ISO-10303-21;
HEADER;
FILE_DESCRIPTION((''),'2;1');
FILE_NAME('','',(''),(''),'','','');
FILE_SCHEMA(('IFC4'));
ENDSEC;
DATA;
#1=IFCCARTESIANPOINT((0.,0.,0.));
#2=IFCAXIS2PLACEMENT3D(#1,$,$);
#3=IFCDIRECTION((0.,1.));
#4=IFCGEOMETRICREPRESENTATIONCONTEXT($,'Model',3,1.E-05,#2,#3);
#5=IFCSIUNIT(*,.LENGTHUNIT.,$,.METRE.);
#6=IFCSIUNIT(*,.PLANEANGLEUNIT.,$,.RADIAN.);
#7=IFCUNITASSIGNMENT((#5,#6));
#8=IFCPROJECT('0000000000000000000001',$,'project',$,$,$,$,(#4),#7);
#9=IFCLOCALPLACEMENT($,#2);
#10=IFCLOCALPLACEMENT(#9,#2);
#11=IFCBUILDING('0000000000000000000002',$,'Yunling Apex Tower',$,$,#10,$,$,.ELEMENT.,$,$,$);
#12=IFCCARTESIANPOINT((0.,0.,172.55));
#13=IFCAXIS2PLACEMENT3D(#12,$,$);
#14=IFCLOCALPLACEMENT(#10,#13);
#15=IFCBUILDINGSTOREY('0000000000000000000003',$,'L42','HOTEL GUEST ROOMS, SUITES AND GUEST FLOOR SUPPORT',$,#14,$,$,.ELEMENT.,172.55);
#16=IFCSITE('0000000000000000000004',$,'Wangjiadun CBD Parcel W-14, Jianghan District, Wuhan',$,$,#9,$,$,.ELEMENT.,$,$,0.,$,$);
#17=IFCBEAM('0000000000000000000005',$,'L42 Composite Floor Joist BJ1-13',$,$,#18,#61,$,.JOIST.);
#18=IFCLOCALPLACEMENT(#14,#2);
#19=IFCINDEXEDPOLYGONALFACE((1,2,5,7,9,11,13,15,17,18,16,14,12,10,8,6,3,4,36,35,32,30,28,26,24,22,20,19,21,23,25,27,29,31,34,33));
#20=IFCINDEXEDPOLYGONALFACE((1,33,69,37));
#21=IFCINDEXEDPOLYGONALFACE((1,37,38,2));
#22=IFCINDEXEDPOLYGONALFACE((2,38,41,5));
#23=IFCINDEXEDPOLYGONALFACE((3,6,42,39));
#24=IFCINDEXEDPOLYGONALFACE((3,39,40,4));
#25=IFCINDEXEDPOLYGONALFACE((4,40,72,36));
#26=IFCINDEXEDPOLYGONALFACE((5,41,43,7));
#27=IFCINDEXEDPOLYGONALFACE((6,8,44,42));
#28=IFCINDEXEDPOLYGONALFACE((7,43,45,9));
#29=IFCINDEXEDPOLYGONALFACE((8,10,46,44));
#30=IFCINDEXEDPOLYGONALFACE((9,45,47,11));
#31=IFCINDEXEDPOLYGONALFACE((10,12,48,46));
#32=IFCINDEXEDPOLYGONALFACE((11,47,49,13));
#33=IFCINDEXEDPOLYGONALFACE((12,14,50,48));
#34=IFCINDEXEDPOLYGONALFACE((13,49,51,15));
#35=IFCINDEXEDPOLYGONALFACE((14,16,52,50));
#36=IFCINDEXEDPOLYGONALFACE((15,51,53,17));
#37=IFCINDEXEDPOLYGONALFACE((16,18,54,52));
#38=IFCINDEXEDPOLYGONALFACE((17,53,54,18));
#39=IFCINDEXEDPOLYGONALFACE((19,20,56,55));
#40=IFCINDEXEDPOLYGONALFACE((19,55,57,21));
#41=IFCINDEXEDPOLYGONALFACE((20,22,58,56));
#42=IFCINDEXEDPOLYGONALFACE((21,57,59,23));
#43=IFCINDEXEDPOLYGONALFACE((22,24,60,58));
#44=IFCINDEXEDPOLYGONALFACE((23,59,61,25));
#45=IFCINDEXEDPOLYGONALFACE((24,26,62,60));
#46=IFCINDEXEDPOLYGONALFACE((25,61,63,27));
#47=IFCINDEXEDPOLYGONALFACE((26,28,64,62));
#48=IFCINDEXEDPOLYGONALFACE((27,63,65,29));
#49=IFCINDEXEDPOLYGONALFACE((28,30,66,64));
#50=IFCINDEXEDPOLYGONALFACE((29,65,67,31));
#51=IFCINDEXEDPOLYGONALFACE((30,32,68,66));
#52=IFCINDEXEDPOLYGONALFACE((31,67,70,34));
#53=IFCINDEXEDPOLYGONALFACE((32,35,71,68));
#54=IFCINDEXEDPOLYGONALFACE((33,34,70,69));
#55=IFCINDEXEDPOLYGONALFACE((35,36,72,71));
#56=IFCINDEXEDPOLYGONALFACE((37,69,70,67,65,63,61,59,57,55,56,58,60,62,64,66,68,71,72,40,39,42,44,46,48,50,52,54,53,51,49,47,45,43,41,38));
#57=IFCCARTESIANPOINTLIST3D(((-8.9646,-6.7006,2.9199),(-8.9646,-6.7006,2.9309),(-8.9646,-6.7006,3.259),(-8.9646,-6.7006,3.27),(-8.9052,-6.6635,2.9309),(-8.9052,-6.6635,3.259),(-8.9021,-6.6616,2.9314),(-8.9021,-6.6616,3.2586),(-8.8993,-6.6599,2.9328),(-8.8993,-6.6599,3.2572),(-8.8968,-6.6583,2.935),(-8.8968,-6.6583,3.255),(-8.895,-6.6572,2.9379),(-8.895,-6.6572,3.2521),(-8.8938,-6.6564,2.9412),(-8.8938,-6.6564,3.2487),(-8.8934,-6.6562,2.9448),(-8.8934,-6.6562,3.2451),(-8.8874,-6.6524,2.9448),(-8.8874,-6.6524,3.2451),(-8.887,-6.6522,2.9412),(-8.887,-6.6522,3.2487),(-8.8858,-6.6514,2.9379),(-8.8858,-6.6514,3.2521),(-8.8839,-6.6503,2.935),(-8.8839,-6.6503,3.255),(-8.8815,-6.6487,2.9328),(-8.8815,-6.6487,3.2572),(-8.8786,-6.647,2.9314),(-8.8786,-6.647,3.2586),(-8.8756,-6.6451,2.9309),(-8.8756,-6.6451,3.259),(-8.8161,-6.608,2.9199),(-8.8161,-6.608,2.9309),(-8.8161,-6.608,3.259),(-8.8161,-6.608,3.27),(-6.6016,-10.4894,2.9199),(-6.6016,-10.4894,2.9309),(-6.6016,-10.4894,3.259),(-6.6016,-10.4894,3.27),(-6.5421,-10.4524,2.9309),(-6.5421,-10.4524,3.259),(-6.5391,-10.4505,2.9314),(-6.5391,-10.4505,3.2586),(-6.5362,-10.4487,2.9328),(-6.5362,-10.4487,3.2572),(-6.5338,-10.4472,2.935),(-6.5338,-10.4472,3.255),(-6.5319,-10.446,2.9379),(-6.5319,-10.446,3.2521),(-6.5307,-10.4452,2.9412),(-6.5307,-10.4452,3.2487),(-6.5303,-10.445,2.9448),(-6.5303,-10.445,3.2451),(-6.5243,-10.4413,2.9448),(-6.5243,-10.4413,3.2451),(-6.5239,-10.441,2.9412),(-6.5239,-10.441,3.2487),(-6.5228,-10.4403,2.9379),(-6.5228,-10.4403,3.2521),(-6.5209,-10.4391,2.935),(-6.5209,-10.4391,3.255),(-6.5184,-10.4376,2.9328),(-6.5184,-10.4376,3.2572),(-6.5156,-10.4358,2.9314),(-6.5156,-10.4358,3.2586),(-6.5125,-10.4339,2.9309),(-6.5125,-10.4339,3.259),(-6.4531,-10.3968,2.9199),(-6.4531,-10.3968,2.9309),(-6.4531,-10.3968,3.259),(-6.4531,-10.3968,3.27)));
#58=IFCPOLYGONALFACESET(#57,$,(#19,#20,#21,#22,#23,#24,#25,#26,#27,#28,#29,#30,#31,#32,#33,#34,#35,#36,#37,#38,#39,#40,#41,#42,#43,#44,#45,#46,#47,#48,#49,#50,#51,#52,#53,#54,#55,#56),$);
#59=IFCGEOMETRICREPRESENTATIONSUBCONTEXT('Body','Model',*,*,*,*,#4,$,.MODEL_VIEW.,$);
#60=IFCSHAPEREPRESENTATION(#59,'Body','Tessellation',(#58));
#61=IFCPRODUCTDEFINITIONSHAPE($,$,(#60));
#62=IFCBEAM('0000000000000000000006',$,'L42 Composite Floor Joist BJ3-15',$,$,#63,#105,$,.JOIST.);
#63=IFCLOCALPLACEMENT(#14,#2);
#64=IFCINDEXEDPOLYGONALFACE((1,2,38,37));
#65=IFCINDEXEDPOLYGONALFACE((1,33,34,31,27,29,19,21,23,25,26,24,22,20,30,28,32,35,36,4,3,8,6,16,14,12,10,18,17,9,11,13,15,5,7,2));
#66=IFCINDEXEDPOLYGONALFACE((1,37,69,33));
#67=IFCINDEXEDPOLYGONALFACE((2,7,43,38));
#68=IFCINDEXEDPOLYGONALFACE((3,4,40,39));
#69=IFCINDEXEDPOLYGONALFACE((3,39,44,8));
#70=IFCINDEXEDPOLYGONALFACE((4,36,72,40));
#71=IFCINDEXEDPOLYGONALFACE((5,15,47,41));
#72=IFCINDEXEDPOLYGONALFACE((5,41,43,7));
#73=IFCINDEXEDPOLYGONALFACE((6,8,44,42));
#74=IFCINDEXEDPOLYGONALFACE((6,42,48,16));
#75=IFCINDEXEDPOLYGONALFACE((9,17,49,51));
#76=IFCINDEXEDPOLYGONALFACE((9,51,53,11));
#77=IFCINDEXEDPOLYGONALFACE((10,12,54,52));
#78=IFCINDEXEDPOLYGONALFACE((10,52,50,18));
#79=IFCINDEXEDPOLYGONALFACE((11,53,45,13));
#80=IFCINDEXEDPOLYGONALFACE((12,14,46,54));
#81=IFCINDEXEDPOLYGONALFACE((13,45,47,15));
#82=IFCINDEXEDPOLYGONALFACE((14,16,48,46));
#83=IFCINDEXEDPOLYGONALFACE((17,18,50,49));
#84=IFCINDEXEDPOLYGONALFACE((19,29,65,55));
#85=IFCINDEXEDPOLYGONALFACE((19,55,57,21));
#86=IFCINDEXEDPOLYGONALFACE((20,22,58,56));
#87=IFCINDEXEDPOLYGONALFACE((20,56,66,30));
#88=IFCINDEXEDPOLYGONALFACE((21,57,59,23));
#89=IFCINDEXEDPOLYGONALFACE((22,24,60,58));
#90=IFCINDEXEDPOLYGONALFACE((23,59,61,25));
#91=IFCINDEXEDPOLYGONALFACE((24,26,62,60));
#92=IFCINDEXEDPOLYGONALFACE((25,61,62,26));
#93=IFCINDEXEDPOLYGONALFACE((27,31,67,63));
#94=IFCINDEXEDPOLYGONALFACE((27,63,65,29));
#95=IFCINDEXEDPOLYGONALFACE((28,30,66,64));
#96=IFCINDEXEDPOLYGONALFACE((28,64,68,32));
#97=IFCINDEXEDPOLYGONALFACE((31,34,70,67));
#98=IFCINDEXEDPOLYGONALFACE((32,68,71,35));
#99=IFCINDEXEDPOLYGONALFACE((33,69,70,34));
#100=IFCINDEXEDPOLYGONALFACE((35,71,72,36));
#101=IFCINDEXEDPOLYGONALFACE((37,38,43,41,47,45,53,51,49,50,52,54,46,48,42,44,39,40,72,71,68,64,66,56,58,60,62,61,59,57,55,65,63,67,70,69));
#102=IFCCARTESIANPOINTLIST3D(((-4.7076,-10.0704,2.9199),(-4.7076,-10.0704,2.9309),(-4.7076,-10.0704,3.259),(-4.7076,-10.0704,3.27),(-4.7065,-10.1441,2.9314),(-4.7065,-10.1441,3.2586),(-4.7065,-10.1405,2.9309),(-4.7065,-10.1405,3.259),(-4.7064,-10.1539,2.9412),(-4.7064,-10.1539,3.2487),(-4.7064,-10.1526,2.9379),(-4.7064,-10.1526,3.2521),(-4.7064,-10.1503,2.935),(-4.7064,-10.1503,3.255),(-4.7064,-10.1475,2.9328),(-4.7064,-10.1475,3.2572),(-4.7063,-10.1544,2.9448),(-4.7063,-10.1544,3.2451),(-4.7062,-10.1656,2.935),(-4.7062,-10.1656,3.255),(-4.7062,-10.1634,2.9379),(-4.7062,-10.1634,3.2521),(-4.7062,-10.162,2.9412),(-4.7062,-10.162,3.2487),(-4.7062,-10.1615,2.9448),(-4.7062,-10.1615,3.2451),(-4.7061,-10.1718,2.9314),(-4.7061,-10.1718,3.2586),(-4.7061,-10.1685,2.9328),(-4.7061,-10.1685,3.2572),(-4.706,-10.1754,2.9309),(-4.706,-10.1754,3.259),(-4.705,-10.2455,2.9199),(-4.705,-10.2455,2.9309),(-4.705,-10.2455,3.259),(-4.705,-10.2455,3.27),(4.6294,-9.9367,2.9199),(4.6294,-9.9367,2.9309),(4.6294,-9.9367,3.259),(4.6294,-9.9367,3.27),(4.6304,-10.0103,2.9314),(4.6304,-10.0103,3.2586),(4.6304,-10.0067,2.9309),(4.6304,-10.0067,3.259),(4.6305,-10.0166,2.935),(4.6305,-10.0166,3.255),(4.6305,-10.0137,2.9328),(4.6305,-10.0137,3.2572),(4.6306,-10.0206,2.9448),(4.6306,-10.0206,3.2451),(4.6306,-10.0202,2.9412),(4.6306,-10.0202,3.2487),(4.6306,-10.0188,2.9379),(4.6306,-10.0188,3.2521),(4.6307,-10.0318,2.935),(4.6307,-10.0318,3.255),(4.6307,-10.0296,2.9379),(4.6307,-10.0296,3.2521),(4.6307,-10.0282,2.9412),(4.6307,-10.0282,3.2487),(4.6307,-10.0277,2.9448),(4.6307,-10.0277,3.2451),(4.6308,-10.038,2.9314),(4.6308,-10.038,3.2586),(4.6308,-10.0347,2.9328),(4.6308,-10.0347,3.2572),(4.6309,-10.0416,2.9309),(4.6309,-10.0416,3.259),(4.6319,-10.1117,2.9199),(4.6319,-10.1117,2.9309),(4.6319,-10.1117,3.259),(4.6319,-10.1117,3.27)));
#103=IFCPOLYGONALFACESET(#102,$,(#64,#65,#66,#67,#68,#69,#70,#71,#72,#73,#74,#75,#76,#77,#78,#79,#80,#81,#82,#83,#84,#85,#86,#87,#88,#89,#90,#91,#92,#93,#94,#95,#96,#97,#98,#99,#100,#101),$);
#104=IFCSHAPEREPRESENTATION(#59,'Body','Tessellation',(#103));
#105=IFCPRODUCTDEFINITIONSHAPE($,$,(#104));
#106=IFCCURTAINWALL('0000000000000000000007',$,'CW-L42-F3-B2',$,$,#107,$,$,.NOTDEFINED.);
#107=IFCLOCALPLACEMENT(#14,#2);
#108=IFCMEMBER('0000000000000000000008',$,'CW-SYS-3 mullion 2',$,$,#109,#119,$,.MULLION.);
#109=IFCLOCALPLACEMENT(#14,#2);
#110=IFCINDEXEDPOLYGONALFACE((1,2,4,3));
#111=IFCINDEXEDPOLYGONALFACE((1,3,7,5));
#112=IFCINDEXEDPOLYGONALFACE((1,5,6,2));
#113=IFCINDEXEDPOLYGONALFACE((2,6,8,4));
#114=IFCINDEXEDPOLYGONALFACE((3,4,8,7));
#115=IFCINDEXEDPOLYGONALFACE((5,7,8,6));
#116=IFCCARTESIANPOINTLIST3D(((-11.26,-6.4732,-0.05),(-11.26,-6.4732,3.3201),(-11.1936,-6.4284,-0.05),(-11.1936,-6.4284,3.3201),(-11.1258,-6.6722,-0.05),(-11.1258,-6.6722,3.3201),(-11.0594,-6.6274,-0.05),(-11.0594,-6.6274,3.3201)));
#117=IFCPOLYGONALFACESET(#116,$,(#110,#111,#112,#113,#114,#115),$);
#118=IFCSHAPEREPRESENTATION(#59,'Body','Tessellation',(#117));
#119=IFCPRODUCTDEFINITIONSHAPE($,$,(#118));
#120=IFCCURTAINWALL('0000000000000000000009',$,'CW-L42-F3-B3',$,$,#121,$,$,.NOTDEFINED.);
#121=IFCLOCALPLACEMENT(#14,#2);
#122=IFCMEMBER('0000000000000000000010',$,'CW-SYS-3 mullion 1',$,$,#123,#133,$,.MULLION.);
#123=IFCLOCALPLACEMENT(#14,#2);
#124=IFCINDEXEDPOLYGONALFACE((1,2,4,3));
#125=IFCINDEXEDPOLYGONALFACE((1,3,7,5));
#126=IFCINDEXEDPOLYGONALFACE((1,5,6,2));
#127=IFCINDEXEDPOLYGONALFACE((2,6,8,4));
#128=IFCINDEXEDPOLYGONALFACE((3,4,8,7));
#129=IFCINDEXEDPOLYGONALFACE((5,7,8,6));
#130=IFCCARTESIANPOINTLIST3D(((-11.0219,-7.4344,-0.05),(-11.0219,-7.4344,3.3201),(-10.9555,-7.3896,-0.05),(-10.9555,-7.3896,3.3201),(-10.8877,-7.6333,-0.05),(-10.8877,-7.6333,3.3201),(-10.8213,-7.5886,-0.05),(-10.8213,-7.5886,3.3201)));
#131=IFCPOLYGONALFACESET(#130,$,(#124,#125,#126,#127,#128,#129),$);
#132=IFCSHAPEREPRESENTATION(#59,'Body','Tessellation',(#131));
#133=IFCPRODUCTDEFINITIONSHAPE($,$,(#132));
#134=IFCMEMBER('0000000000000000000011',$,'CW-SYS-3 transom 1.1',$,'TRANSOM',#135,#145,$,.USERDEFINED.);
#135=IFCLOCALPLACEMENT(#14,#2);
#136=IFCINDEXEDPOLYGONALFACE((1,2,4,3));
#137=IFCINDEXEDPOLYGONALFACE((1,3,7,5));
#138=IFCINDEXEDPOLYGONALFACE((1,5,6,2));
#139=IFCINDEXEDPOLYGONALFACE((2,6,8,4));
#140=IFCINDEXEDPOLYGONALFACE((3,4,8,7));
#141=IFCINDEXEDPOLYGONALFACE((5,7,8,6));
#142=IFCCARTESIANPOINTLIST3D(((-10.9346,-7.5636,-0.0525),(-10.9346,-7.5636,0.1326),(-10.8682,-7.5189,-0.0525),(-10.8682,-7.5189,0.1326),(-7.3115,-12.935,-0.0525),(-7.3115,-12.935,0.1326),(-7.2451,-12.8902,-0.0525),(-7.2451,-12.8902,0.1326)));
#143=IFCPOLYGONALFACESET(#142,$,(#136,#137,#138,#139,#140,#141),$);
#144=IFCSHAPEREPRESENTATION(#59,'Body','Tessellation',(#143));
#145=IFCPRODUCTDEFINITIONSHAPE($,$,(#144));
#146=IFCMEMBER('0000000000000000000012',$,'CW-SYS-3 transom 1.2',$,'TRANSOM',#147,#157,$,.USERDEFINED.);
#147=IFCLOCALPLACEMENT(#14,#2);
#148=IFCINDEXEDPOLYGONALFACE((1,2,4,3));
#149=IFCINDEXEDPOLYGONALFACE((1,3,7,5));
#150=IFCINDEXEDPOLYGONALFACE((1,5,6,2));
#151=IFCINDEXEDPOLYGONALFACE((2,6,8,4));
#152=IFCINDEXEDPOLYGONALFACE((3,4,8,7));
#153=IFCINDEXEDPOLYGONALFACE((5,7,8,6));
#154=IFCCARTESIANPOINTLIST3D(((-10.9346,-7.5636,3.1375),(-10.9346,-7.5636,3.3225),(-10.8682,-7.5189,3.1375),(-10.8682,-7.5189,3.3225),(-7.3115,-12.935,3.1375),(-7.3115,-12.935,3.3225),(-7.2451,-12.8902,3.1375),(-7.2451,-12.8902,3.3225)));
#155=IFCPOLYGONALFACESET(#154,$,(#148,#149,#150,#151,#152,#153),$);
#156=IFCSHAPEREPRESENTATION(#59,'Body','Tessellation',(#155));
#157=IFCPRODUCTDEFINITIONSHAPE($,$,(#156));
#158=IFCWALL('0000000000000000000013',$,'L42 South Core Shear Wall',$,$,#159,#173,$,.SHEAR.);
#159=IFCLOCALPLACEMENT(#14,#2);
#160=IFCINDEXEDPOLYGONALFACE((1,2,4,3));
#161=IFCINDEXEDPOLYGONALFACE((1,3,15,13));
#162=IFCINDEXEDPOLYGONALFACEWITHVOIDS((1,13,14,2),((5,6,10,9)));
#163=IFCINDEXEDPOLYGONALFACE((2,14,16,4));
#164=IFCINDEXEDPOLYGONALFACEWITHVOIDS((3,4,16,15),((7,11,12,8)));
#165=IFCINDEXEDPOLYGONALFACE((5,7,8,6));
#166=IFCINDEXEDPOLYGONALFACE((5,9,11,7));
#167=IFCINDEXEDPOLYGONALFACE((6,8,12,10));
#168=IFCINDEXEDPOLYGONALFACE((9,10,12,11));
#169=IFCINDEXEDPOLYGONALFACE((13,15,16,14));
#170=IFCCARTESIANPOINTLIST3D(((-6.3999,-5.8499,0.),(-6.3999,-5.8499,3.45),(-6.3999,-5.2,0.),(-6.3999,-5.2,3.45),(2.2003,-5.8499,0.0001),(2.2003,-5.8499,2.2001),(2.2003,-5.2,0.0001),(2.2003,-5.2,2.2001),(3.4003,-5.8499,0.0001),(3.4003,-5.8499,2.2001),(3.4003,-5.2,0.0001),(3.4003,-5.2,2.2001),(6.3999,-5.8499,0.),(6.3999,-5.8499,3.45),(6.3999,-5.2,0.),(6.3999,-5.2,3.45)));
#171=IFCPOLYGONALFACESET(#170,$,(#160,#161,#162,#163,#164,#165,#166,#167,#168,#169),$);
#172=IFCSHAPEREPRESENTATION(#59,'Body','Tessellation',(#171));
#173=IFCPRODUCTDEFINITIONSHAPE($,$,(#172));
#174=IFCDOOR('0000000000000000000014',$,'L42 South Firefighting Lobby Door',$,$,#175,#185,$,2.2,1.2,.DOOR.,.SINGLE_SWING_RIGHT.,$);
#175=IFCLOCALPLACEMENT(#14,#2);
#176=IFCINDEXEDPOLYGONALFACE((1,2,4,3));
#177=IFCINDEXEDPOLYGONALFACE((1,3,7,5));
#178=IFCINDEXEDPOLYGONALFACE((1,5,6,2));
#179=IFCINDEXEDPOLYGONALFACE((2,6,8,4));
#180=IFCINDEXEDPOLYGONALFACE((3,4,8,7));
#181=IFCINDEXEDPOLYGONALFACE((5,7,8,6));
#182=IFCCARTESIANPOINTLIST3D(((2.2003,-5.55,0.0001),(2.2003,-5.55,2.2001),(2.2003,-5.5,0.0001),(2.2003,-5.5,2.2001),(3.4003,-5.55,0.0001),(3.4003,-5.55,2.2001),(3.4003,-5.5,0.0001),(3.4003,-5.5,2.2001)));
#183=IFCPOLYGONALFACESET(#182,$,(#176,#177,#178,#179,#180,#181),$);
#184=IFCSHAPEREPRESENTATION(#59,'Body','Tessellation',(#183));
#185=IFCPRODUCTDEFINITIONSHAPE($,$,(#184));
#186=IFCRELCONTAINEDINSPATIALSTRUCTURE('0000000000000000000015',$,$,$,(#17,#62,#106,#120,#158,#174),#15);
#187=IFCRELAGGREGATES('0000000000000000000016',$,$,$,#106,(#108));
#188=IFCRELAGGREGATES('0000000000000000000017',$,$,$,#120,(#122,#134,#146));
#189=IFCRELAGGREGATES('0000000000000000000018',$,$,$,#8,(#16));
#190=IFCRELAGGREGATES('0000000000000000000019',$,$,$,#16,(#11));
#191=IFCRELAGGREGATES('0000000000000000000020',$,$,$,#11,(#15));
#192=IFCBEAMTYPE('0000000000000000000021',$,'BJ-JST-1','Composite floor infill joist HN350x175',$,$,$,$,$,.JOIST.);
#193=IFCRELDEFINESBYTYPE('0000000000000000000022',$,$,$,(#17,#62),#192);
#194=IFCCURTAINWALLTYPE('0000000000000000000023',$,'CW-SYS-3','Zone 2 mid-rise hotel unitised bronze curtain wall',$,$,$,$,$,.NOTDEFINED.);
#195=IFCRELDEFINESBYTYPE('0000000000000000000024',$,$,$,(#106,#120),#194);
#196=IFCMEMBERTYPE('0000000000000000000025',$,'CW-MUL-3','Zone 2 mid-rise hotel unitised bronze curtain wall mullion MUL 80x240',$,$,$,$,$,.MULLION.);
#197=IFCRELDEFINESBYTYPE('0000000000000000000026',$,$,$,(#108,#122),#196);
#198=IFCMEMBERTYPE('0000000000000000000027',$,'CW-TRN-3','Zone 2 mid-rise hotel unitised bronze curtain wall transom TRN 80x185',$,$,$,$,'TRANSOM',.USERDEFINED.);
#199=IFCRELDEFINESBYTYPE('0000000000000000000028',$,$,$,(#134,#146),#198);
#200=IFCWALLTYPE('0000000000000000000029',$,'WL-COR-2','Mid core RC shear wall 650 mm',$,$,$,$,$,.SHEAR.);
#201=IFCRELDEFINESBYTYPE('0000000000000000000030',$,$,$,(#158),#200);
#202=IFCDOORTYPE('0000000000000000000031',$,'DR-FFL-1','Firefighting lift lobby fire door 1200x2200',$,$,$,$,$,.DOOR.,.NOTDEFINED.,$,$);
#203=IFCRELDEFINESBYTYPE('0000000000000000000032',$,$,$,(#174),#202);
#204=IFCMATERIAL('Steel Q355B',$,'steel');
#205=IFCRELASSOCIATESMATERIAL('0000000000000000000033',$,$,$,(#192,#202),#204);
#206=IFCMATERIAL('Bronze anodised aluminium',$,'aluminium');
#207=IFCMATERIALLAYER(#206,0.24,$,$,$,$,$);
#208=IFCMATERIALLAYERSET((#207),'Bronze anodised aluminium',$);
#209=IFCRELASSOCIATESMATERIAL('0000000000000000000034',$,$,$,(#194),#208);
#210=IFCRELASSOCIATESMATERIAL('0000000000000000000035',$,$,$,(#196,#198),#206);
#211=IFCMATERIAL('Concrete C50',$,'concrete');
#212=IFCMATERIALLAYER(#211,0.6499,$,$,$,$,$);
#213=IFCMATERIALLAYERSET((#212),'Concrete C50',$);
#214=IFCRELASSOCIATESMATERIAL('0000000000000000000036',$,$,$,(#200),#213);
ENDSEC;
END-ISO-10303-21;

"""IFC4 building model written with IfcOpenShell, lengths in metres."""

from ifc_helpers import new_model, si_unit, direction, frame, frame_2d, origin, origin_2d, place, context, subcontext, project, spatial, rectangle, i_section, extrude, source, transform, mapped, material, layer, layer_set, material_profile, profile_set, type_object, element, fill, aggregate, save


model = new_model("IFC4")

# Units and contexts
model_context = context("Model", 3, precision=1e-05, world=origin(), true_north=direction((0.0, 1.0)))
body_context = subcontext(model_context, "Body", "Model", "MODEL_VIEW")
ifc_project = project(units=[si_unit("LENGTHUNIT", "METRE"), si_unit("PLANEANGLEUNIT", "RADIAN")], contexts=[model_context])

# Site, building, storey
site_placement = place(None, origin())
site = spatial("IfcSite", under=ifc_project, at=site_placement, Name="Wangjiadun CBD Parcel W-14, Jianghan District, Wuhan", CompositionType="ELEMENT", RefElevation=0.0)
building_placement = place(site_placement, origin())
building = spatial("IfcBuilding", under=site, at=building_placement, Name="Yunling Apex Tower", CompositionType="ELEMENT")
storey_placement = place(building_placement, frame((0.0, 0.0, 172.55)))
storey = spatial("IfcBuildingStorey", under=building, at=storey_placement, Name="L42", Description="HOTEL GUEST ROOMS, SUITES AND GUEST FLOOR SUPPORT", CompositionType="ELEMENT", Elevation=172.55)

# Shared definitions
ifc_material_1 = material(Name="Concrete C50", Category="concrete")

# Beams
ifc_material_2 = material(Name="Steel Q355B", Category="steel")
ifc_material_profile_1 = material_profile(ifc_material_2, i_section(OverallWidth=0.175, OverallDepth=0.3501, WebThickness=0.0071, FlangeThickness=0.011, FilletRadius=0.0139, at=origin_2d()))
ifc_profile_set_1 = profile_set([ifc_material_profile_1], Name="Steel Q355B")
beam_type_1 = type_object("IfcBeamType", Name="BJ-JST-1", Description="Composite floor infill joist HN350x175", PredefinedType="JOIST", material=ifc_profile_set_1)
shared_shape_1 = source(origin(), body_context, "Body", "SweptSolid", [
    extrude(i_section(OverallWidth=0.175, OverallDepth=0.3501, WebThickness=0.0071, FlangeThickness=0.011, FilletRadius=0.0139, at=origin_2d()), origin(), (0.0, 0.0, 1.0), 4.4653),
])
beam_1_placement = place(storey_placement, frame((-8.8904, -6.6543, 3.095), z_axis=(0.529198, -0.848499, 0.0), x_axis=(0.848499, 0.529198, 0.0)))
element("IfcBeam", 1, at=beam_1_placement, inside=storey, type_object=beam_type_1, Name="L42 Composite Floor Joist BJ1-13", PredefinedType="JOIST", context=body_context, shape_type="MappedRepresentation", body=[
    mapped(shared_shape_1, transform((0.0, 0.0, 0.0), scale=1.0)),
])
shared_shape_2 = source(origin(), body_context, "Body", "SweptSolid", [
    extrude(i_section(OverallWidth=0.175, OverallDepth=0.3501, WebThickness=0.0071, FlangeThickness=0.011, FilletRadius=0.0139, at=origin_2d()), origin(), (0.0, 0.0, 1.0), 9.3379),
])
beam_2_placement = place(storey_placement, frame((-4.7063, -10.158, 3.095), z_axis=(0.999897, 0.014328, 0.0), x_axis=(-0.014328, 0.999897, 0.0)))
element("IfcBeam", 2, at=beam_2_placement, inside=storey, type_object=beam_type_1, Name="L42 Composite Floor Joist BJ3-15", PredefinedType="JOIST", context=body_context, shape_type="MappedRepresentation", body=[
    mapped(shared_shape_2, transform((0.0, 0.0, 0.0), scale=1.0)),
])

# Curtain wall, member
ifc_material_3 = material(Name="Bronze anodised aluminium", Category="aluminium")
ifc_layer_1 = layer(ifc_material_3, 0.24)
ifc_layer_set_1 = layer_set([ifc_layer_1], Name="Bronze anodised aluminium")
curtain_wall_type = type_object("IfcCurtainWallType", Name="CW-SYS-3", Description="Zone 2 mid-rise hotel unitised bronze curtain wall", PredefinedType="NOTDEFINED", material=ifc_layer_set_1)
curtain_wall_1_placement = place(storey_placement, origin())
curtain_wall_1 = element("IfcCurtainWall", 3, at=curtain_wall_1_placement, inside=storey, type_object=curtain_wall_type, Name="CW-L42-F3-B2", PredefinedType="NOTDEFINED")
ifc_material_profile_2 = material_profile(ifc_material_3, rectangle(XDim=0.0801, YDim=0.24, at=origin_2d()))
ifc_profile_set_2 = profile_set([ifc_material_profile_2], Name="Bronze anodised aluminium")
member_type_1 = type_object("IfcMemberType", Name="CW-MUL-3", Description="Zone 2 mid-rise hotel unitised bronze curtain wall mullion MUL 80x240", PredefinedType="MULLION", material=ifc_profile_set_2)
shared_shape_3 = source(origin(), body_context, "Body", "SweptSolid", [
    extrude(rectangle(XDim=0.0801, YDim=0.24, at=origin_2d()), origin(), (0.0, 0.0, 1.0), 3.3701),
])
member_1_placement = place(storey_placement, frame((-11.1597, -6.5503, -0.05), z_axis=(0.0, 0.0, 1.0), x_axis=(0.829026, 0.55921, 0.0)))
member_1 = element("IfcMember", 4, at=member_1_placement, type_object=member_type_1, Name="CW-SYS-3 mullion 2", PredefinedType="MULLION", context=body_context, shape_type="MappedRepresentation", body=[
    mapped(shared_shape_3, transform((0.0, 0.0, 0.0), scale=1.0)),
])
aggregate(curtain_wall_1, [member_1])

# Curtain wall, members
curtain_wall_2_placement = place(storey_placement, origin())
curtain_wall_2 = element("IfcCurtainWall", 5, at=curtain_wall_2_placement, inside=storey, type_object=curtain_wall_type, Name="CW-L42-F3-B3", PredefinedType="NOTDEFINED")
member_2_placement = place(storey_placement, frame((-10.9216, -7.5115, -0.05), z_axis=(0.0, 0.0, 1.0), x_axis=(0.829041, 0.559188, 0.0)))
member_2 = element("IfcMember", 6, at=member_2_placement, type_object=member_type_1, Name="CW-SYS-3 mullion 1", PredefinedType="MULLION", context=body_context, shape_type="MappedRepresentation", body=[
    mapped(shared_shape_3, transform((0.0, 0.0, 0.0), scale=1.0)),
])
ifc_material_profile_3 = material_profile(ifc_material_3, rectangle(XDim=0.0801, YDim=0.1851, at=origin_2d()))
ifc_profile_set_3 = profile_set([ifc_material_profile_3], Name="Bronze anodised aluminium")
member_type_2 = type_object("IfcMemberType", Name="CW-TRN-3", Description="Zone 2 mid-rise hotel unitised bronze curtain wall transom TRN 80x185", ElementType="TRANSOM", PredefinedType="USERDEFINED", material=ifc_profile_set_3)
shared_shape_4 = source(origin(), body_context, "Body", "SweptSolid", [
    extrude(rectangle(XDim=0.0801, YDim=0.1851, at=origin_2d()), origin(), (0.0, 0.0, 1.0), 6.479),
])
member_3_placement = place(storey_placement, frame((-10.9014, -7.5413, 0.04), z_axis=(0.559196, -0.829035, 0.0), x_axis=(0.829035, 0.559196, 0.0)))
member_3 = element("IfcMember", 7, at=member_3_placement, type_object=member_type_2, Name="CW-SYS-3 transom 1.1", ObjectType="TRANSOM", PredefinedType="USERDEFINED", context=body_context, shape_type="MappedRepresentation", body=[
    mapped(shared_shape_4, transform((0.0, 0.0, 0.0), scale=1.0)),
])
member_4_placement = place(storey_placement, frame((-10.9014, -7.5413, 3.23), z_axis=(0.559196, -0.829035, 0.0), x_axis=(0.829035, 0.559196, 0.0)))
member_4 = element("IfcMember", 8, at=member_4_placement, type_object=member_type_2, Name="CW-SYS-3 transom 1.2", ObjectType="TRANSOM", PredefinedType="USERDEFINED", context=body_context, shape_type="MappedRepresentation", body=[
    mapped(shared_shape_4, transform((0.0, 0.0, 0.0), scale=1.0)),
])
aggregate(curtain_wall_2, [member_2, member_3, member_4])

# Wall, opening, door
ifc_layer_2 = layer(ifc_material_1, 0.6499)
ifc_layer_set_2 = layer_set([ifc_layer_2], Name="Concrete C50")
wall_type_1 = type_object("IfcWallType", Name="WL-COR-2", Description="Mid core RC shear wall 650 mm", PredefinedType="SHEAR", material=ifc_layer_set_2)
wall_1_placement = place(storey_placement, frame((-6.3999, -5.5249, 0.0), z_axis=(0.0, 0.0, 1.0), x_axis=(1.0, 0.0, 0.0)))
wall_1 = element("IfcWall", 9, at=wall_1_placement, inside=storey, type_object=wall_type_1, Name="L42 South Core Shear Wall", PredefinedType="SHEAR", context=body_context, shape_type="SweptSolid", body=[
    extrude(rectangle(XDim=12.7998, YDim=0.6499, at=frame_2d((6.3999, 0.0))), origin(), (0.0, 0.0, 1.0), 3.45),
])
opening_1_placement = place(wall_1_placement, frame((8.6001, 0.0, 0.0)))
opening_1 = element("IfcOpeningElement", 10, at=opening_1_placement, cuts=wall_1, PredefinedType="OPENING", context=body_context, shape_type="SweptSolid", body=[
    extrude(rectangle(XDim=1.2, YDim=2.2, at=frame_2d((0.6001, 1.1001))), frame((0.0, 0.335, 0.0), z_axis=(0.0, -1.0, 0.0), x_axis=(1.0, 0.0, 0.0)), (0.0, 0.0, 1.0), 0.6699),
])
door_type_1 = type_object("IfcDoorType", Name="DR-FFL-1", Description="Firefighting lift lobby fire door 1200x2200", OperationType="NOTDEFINED", PredefinedType="DOOR", material=ifc_material_2)
door_1_placement = place(opening_1_placement, origin())
door_1 = element("IfcDoor", 11, at=door_1_placement, inside=storey, type_object=door_type_1, Name="L42 South Firefighting Lobby Door", OperationType="SINGLE_SWING_RIGHT", OverallHeight=2.2, OverallWidth=1.2, PredefinedType="DOOR", context=body_context, shape_type="SweptSolid", body=[
    extrude(rectangle(XDim=1.2, YDim=2.2, at=frame_2d((0.6001, 1.1001))), frame((0.0, 0.0249, 0.0), z_axis=(0.0, -1.0, 0.0), x_axis=(1.0, 0.0, 0.0)), (0.0, 0.0, 1.0), 0.05),
])
fill(opening_1, door_1)

save(model, "model.ifc")
